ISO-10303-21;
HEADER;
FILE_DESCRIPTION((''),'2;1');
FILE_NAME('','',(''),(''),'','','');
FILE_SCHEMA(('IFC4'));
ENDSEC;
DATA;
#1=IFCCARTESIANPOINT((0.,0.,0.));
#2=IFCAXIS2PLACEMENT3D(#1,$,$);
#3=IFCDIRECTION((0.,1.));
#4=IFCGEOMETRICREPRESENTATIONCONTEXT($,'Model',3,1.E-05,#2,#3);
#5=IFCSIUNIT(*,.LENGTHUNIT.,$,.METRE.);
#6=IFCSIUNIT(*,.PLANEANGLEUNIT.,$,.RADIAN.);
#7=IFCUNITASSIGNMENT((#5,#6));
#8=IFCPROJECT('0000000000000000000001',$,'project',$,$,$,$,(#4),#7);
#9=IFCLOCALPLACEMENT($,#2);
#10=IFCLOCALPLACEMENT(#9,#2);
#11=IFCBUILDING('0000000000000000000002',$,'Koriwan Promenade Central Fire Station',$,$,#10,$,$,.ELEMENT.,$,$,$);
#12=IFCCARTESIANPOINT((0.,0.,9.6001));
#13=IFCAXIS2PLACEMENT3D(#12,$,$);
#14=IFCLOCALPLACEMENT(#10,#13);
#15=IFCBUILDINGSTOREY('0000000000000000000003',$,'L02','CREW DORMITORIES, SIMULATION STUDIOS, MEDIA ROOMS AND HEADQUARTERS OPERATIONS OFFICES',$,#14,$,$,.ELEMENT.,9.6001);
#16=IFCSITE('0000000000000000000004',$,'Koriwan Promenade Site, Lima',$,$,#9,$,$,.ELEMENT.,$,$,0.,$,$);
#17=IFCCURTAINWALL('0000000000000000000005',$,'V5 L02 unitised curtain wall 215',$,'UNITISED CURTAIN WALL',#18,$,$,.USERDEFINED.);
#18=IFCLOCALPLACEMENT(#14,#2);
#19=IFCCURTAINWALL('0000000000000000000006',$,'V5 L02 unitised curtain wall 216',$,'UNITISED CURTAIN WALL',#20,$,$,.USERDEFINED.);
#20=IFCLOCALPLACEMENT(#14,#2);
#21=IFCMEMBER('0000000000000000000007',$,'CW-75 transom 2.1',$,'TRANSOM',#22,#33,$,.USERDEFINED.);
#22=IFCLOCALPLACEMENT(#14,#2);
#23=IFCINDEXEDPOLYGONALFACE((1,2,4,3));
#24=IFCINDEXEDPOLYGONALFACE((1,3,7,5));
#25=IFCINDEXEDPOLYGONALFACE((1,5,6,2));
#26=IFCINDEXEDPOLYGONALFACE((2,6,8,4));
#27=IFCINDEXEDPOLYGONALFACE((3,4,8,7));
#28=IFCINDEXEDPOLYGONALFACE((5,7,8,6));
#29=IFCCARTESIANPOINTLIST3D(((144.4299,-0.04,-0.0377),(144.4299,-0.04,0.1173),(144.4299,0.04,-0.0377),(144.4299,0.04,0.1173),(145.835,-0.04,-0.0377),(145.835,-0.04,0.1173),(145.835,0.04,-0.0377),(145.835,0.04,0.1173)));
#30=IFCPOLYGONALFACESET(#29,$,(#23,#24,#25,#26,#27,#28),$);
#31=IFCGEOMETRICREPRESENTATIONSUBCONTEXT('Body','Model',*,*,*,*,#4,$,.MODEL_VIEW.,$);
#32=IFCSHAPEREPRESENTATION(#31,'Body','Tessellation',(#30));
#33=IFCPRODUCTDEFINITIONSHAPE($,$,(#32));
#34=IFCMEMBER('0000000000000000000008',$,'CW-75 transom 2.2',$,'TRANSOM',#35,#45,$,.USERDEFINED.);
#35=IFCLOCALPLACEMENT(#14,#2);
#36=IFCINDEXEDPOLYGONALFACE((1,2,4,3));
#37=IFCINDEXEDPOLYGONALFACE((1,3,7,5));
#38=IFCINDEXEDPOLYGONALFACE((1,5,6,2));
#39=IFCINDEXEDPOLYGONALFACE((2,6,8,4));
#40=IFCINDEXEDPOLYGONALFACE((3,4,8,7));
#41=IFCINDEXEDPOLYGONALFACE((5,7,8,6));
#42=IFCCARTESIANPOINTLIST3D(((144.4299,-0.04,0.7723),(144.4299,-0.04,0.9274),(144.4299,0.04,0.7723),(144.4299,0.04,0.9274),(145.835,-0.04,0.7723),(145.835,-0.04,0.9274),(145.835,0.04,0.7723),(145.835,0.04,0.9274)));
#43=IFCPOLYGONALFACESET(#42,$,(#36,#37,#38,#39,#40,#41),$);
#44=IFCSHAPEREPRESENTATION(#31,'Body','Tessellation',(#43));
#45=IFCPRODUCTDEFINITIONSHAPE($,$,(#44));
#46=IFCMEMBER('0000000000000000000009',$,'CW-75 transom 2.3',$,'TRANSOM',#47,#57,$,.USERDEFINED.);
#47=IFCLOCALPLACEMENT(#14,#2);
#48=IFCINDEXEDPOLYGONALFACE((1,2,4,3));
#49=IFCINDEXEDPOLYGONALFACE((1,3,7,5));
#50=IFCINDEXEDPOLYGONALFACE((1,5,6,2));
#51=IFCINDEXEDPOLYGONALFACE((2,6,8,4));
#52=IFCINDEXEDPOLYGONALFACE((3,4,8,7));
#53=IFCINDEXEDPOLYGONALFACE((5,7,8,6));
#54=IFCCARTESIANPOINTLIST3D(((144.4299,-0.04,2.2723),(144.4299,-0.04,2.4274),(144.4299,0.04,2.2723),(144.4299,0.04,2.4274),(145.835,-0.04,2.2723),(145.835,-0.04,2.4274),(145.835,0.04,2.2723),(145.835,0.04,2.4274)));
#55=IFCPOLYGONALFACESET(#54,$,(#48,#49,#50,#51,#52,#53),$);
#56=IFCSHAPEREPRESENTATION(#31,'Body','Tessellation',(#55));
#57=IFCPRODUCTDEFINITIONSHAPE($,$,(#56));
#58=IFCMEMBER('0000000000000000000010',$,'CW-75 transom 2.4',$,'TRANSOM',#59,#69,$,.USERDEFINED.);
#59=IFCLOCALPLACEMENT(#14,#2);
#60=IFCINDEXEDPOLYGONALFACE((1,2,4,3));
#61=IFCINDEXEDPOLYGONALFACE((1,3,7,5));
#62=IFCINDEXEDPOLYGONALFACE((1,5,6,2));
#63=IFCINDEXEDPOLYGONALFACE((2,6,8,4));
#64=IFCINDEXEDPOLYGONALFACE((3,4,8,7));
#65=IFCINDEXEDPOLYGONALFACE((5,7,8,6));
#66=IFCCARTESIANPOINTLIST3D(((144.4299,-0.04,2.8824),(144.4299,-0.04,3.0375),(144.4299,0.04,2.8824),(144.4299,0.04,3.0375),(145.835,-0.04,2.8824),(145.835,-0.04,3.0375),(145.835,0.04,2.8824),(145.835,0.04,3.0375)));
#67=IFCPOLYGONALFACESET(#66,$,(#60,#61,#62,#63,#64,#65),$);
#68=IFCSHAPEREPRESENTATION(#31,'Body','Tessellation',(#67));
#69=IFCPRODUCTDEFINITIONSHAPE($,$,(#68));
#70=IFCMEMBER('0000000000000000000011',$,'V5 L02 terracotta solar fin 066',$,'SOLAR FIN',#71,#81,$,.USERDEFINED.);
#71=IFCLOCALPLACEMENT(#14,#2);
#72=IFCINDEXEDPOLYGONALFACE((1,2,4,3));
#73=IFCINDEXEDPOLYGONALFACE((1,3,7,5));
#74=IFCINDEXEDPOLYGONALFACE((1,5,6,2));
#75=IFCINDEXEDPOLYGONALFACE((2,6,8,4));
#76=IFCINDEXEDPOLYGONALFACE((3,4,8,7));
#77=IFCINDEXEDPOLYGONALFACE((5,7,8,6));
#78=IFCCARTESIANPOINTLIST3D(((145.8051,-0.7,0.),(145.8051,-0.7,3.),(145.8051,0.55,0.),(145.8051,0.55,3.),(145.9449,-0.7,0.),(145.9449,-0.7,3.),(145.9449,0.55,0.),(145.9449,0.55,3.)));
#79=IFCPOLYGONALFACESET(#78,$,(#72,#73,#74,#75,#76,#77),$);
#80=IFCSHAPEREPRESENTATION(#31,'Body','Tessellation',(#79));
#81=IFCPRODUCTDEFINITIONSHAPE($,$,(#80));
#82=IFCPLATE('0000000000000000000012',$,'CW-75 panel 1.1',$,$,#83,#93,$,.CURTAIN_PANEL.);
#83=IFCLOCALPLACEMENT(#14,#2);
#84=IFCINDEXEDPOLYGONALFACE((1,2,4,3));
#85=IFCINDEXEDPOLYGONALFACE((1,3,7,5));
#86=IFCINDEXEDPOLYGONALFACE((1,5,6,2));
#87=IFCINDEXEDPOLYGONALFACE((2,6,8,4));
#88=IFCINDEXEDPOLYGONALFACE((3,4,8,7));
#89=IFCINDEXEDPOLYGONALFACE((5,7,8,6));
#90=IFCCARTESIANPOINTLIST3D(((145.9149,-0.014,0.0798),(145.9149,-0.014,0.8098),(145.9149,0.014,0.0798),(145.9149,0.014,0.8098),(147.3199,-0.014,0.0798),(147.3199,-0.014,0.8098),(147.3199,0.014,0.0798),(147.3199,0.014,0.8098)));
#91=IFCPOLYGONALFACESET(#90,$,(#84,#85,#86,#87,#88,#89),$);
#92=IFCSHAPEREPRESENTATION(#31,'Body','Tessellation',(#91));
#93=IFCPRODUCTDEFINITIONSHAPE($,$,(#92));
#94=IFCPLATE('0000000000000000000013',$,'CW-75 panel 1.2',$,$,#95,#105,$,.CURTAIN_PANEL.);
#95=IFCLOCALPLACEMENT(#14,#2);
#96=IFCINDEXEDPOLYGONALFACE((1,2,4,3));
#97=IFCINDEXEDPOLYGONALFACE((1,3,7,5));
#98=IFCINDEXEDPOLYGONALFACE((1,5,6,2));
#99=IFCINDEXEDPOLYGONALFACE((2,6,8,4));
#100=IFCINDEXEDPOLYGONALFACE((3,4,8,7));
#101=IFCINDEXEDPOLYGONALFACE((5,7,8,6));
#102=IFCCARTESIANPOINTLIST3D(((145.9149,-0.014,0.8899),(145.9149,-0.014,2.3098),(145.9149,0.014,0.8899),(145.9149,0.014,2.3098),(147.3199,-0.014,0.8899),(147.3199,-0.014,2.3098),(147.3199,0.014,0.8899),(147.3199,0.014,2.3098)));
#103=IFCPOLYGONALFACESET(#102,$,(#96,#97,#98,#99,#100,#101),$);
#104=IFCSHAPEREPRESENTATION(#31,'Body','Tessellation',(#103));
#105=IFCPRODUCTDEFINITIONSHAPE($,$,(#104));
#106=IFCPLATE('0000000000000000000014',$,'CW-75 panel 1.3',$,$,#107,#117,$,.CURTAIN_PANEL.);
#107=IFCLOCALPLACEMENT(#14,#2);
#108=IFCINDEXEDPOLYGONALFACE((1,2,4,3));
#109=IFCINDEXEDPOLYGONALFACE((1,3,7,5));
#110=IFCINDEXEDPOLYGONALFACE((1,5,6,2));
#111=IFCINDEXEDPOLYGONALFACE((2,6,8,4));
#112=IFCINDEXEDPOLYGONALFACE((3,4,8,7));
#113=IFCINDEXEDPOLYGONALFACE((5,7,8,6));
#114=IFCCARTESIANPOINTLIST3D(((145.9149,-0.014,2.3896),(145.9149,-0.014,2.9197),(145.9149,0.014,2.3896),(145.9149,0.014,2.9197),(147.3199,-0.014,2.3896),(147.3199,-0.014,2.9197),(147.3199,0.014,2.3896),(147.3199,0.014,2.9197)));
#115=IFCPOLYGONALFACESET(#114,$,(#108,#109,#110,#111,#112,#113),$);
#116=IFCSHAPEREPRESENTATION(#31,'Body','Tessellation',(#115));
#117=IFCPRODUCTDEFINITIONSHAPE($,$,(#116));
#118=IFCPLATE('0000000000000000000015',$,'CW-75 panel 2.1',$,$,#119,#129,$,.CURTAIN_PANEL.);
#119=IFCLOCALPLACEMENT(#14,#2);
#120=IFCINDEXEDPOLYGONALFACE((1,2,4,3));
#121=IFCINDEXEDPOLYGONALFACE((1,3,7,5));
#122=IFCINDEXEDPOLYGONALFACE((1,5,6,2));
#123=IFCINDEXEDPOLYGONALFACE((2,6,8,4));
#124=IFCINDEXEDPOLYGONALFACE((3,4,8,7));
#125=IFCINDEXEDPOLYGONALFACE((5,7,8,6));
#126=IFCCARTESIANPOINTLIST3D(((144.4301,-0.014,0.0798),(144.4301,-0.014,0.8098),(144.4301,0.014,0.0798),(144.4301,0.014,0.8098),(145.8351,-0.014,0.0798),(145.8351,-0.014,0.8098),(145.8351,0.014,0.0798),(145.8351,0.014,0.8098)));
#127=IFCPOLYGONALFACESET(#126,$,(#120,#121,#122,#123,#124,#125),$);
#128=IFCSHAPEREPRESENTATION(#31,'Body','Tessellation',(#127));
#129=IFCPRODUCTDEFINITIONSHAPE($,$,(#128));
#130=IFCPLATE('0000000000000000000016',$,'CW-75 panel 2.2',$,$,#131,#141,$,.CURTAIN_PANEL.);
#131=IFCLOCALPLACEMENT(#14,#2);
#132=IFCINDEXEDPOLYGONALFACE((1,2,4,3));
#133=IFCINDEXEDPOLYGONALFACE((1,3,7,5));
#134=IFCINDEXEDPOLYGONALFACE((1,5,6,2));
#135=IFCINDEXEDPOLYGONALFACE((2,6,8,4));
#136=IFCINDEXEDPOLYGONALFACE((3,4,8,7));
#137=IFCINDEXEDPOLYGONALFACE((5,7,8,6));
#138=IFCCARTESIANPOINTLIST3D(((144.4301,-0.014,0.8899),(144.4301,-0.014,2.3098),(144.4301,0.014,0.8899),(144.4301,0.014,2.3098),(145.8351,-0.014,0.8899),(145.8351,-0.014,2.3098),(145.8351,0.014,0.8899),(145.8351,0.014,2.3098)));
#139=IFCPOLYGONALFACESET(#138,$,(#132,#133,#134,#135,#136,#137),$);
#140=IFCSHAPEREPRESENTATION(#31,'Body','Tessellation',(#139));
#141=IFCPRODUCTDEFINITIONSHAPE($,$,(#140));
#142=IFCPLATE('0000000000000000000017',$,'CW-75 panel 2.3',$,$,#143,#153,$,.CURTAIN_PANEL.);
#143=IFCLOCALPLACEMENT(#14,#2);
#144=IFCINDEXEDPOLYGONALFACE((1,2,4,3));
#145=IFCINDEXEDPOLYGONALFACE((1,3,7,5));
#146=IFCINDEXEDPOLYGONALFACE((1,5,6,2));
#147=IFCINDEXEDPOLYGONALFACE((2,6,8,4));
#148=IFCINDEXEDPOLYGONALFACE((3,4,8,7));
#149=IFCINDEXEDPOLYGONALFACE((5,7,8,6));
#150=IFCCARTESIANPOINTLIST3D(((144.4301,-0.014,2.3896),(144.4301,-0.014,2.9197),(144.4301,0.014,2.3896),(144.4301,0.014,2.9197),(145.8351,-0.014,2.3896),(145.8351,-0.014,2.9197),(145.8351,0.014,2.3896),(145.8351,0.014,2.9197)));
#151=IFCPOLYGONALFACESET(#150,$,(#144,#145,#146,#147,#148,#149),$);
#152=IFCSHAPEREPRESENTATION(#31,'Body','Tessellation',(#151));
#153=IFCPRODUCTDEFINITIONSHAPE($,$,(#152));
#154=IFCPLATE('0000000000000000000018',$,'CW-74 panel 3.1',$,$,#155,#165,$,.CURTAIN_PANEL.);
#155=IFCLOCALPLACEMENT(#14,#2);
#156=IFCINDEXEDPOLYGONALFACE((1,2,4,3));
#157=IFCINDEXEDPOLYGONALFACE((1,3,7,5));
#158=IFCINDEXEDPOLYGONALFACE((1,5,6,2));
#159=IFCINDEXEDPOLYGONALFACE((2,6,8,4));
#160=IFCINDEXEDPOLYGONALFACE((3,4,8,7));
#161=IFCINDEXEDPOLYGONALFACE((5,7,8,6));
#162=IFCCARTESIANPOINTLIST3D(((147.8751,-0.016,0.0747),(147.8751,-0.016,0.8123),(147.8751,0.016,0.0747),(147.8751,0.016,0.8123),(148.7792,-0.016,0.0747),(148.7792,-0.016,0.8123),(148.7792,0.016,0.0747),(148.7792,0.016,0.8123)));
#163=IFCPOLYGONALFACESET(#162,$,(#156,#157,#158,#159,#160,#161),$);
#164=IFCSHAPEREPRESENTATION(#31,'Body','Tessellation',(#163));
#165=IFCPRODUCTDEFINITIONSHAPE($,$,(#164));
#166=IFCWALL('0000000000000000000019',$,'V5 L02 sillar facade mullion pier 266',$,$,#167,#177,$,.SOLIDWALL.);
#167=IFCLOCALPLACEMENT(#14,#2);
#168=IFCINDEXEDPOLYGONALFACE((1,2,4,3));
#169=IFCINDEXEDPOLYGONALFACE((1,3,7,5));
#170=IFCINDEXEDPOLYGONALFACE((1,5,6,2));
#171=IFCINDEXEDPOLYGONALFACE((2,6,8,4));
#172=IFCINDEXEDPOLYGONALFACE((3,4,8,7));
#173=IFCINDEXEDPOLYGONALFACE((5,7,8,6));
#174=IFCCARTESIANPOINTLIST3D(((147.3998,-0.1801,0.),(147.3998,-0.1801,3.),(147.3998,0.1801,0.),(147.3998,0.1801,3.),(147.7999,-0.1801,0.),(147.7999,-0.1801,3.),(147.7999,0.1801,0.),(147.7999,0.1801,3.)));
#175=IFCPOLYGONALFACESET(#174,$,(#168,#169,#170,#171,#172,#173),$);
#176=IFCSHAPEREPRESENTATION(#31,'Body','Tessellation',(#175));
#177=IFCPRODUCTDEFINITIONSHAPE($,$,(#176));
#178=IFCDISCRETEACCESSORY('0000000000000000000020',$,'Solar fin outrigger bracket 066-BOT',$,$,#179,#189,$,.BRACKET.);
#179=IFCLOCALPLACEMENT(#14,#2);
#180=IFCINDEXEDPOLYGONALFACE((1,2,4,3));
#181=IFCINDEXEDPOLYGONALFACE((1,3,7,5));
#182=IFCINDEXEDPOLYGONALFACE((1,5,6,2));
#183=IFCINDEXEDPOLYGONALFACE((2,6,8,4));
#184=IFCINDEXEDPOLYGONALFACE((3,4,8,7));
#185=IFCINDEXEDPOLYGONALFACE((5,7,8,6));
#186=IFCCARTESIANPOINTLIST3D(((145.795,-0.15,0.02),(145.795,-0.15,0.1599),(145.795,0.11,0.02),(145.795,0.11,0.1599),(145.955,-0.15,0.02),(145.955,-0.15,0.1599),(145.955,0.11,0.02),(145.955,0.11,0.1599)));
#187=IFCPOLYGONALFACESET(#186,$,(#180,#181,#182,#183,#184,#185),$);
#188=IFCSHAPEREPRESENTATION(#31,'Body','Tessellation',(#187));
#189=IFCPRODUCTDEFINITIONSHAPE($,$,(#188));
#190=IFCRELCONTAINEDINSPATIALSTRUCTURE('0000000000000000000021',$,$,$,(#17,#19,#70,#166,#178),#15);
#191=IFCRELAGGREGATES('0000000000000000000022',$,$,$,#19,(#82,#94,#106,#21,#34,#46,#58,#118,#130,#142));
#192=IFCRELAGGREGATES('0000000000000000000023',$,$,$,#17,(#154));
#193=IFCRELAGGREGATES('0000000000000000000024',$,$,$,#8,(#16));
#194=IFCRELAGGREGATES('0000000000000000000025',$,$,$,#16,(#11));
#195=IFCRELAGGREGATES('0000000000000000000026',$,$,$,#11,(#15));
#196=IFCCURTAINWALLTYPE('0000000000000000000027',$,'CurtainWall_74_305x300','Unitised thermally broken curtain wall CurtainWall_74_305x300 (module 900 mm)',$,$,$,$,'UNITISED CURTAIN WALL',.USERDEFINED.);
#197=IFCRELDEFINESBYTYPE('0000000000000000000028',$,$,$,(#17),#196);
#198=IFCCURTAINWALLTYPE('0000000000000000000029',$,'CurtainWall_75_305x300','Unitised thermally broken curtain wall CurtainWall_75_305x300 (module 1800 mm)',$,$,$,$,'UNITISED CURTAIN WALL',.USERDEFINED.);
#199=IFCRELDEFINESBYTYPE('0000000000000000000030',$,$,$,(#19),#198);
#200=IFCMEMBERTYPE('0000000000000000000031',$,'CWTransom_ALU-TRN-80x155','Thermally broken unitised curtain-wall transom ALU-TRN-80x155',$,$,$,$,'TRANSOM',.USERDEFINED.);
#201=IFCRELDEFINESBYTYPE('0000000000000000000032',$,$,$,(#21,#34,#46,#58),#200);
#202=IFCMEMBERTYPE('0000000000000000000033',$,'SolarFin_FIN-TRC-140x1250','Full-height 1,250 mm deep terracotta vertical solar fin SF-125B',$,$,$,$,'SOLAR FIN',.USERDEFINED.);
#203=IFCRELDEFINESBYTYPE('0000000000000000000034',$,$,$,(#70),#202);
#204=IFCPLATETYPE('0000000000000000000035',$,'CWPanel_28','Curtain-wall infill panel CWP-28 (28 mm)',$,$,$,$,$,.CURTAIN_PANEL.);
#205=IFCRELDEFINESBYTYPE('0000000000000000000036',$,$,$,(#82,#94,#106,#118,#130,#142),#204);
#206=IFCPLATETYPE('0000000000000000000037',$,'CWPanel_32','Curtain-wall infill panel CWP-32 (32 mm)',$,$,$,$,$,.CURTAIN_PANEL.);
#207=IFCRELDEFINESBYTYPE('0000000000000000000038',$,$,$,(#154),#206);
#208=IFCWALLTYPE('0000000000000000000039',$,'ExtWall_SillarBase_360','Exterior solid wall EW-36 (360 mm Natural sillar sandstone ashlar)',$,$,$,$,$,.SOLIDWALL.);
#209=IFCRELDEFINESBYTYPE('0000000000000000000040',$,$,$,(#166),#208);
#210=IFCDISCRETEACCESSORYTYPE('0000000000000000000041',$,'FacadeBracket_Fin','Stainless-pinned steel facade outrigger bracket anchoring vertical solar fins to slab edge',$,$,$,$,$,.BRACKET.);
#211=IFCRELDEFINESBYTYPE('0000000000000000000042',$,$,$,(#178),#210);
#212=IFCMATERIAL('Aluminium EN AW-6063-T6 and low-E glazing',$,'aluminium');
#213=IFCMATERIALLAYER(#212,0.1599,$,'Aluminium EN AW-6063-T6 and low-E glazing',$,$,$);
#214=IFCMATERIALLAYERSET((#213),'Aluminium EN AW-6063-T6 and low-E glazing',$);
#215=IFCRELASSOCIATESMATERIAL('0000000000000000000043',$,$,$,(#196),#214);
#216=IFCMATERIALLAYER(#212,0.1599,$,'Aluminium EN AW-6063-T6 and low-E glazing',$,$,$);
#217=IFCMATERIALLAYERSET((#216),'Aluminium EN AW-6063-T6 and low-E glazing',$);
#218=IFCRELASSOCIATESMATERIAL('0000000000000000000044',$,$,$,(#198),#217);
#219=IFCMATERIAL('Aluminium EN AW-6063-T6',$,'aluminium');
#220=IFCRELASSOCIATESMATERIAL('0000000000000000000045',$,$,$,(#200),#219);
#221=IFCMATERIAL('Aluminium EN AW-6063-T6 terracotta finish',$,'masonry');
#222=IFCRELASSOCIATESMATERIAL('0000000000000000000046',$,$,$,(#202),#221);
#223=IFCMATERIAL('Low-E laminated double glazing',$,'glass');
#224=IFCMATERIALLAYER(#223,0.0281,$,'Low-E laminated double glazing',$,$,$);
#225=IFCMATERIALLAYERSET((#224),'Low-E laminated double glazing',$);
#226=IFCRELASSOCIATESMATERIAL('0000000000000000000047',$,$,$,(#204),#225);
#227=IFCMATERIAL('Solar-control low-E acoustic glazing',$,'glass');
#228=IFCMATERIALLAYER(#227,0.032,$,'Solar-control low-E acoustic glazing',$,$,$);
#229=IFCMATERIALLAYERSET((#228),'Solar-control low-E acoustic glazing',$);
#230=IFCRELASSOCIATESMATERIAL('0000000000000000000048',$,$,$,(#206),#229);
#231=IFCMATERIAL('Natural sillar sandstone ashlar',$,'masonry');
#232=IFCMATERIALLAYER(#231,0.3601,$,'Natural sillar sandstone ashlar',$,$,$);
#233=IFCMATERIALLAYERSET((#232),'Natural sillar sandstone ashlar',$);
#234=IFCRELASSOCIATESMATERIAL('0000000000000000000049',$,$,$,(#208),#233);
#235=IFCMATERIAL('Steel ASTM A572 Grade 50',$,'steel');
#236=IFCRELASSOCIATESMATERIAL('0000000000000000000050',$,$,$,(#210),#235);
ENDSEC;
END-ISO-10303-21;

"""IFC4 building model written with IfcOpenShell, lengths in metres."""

from ifc_helpers import new_model, si_unit, direction, frame, frame_2d, origin, origin_2d, place, context, subcontext, project, spatial, rectangle, extrude, material, layer, layer_set, material_profile, profile_set, type_object, element, aggregate, save


model = new_model("IFC4")

# Units and contexts
model_context = context("Model", 3, precision=1e-05, world=origin(), true_north=direction((0.0, 1.0)))
body_context = subcontext(model_context, "Body", "Model", "MODEL_VIEW")
ifc_project = project(units=[si_unit("LENGTHUNIT", "METRE"), si_unit("PLANEANGLEUNIT", "RADIAN")], contexts=[model_context])

# Site, building, storey
site_placement = place(None, origin())
site = spatial("IfcSite", under=ifc_project, at=site_placement, Name="Koriwan Promenade Site, Lima", CompositionType="ELEMENT", RefElevation=0.0)
building_placement = place(site_placement, origin())
building = spatial("IfcBuilding", under=site, at=building_placement, Name="Koriwan Promenade Central Fire Station", CompositionType="ELEMENT")
storey_placement = place(building_placement, frame((0.0, 0.0, 9.6001)))
storey = spatial("IfcBuildingStorey", under=building, at=storey_placement, Name="L02", Description="CREW DORMITORIES, SIMULATION STUDIOS, MEDIA ROOMS AND HEADQUARTERS OPERATIONS OFFICES", CompositionType="ELEMENT", Elevation=9.6001)

# Curtain wall
ifc_material_1 = material(Name="Aluminium EN AW-6063-T6 and low-E glazing", Category="aluminium")
ifc_layer_1 = layer(ifc_material_1, 0.1599, Name="Aluminium EN AW-6063-T6 and low-E glazing")
ifc_layer_set_1 = layer_set([ifc_layer_1], Name="Aluminium EN AW-6063-T6 and low-E glazing")
curtain_wall_type_1 = type_object("IfcCurtainWallType", Name="CurtainWall_74_305x300", Description="Unitised thermally broken curtain wall CurtainWall_74_305x300 (module 900 mm)", ElementType="UNITISED CURTAIN WALL", PredefinedType="USERDEFINED", material=ifc_layer_set_1)
curtain_wall_1_placement = place(storey_placement, origin())
curtain_wall_1 = element("IfcCurtainWall", 1, at=curtain_wall_1_placement, inside=storey, type_object=curtain_wall_type_1, Name="V5 L02 unitised curtain wall 215", ObjectType="UNITISED CURTAIN WALL", PredefinedType="USERDEFINED")
ifc_material_2 = material(Name="Aluminium EN AW-6063-T6", Category="aluminium")

# Curtain wall, members
ifc_layer_2 = layer(ifc_material_1, 0.1599, Name="Aluminium EN AW-6063-T6 and low-E glazing")
ifc_layer_set_2 = layer_set([ifc_layer_2], Name="Aluminium EN AW-6063-T6 and low-E glazing")
curtain_wall_type_2 = type_object("IfcCurtainWallType", Name="CurtainWall_75_305x300", Description="Unitised thermally broken curtain wall CurtainWall_75_305x300 (module 1800 mm)", ElementType="UNITISED CURTAIN WALL", PredefinedType="USERDEFINED", material=ifc_layer_set_2)
curtain_wall_2_placement = place(storey_placement, origin())
curtain_wall_2 = element("IfcCurtainWall", 2, at=curtain_wall_2_placement, inside=storey, type_object=curtain_wall_type_2, Name="V5 L02 unitised curtain wall 216", ObjectType="UNITISED CURTAIN WALL", PredefinedType="USERDEFINED")
ifc_material_profile_1 = material_profile(ifc_material_2, rectangle(XDim=0.0801, YDim=0.155, at=origin_2d()), Name="ALU-TRN-80x155")
ifc_profile_set_1 = profile_set([ifc_material_profile_1], Name="Aluminium EN AW-6063-T6")
member_type_1 = type_object("IfcMemberType", Name="CWTransom_ALU-TRN-80x155", Description="Thermally broken unitised curtain-wall transom ALU-TRN-80x155", ElementType="TRANSOM", PredefinedType="USERDEFINED", material=ifc_profile_set_1)
member_1_placement = place(storey_placement, frame((145.835, 0.0, 0.0398), z_axis=(-1.0, 0.0, 0.0), x_axis=(0.0, -1.0, 0.0)))
member_1 = element("IfcMember", 3, at=member_1_placement, type_object=member_type_1, Name="CW-75 transom 2.1", ObjectType="TRANSOM", PredefinedType="USERDEFINED", context=body_context, shape_type="SweptSolid", body=[
    extrude(rectangle(XDim=0.0801, YDim=0.155, at=origin_2d()), origin(), (0.0, 0.0, 1.0), 1.405),
])
member_2_placement = place(storey_placement, frame((145.835, 0.0, 0.8499), z_axis=(-1.0, 0.0, 0.0), x_axis=(0.0, -1.0, 0.0)))
member_2 = element("IfcMember", 4, at=member_2_placement, type_object=member_type_1, Name="CW-75 transom 2.2", ObjectType="TRANSOM", PredefinedType="USERDEFINED", context=body_context, shape_type="SweptSolid", body=[
    extrude(rectangle(XDim=0.0801, YDim=0.155, at=origin_2d()), origin(), (0.0, 0.0, 1.0), 1.405),
])
member_3_placement = place(storey_placement, frame((145.835, 0.0, 2.3499), z_axis=(-1.0, 0.0, 0.0), x_axis=(0.0, -1.0, 0.0)))
member_3 = element("IfcMember", 5, at=member_3_placement, type_object=member_type_1, Name="CW-75 transom 2.3", ObjectType="TRANSOM", PredefinedType="USERDEFINED", context=body_context, shape_type="SweptSolid", body=[
    extrude(rectangle(XDim=0.0801, YDim=0.155, at=origin_2d()), origin(), (0.0, 0.0, 1.0), 1.405),
])
member_4_placement = place(storey_placement, frame((145.835, 0.0, 2.96), z_axis=(-1.0, 0.0, 0.0), x_axis=(0.0, -1.0, 0.0)))
member_4 = element("IfcMember", 6, at=member_4_placement, type_object=member_type_1, Name="CW-75 transom 2.4", ObjectType="TRANSOM", PredefinedType="USERDEFINED", context=body_context, shape_type="SweptSolid", body=[
    extrude(rectangle(XDim=0.0801, YDim=0.155, at=origin_2d()), origin(), (0.0, 0.0, 1.0), 1.405),
])

# Member
ifc_material_3 = material(Name="Aluminium EN AW-6063-T6 terracotta finish", Category="masonry")
ifc_material_profile_2 = material_profile(ifc_material_3, rectangle(XDim=0.1399, YDim=1.25, at=origin_2d()), Name="FIN-TRC-140x1250")
ifc_profile_set_2 = profile_set([ifc_material_profile_2], Name="Aluminium EN AW-6063-T6 terracotta finish")
member_type_2 = type_object("IfcMemberType", Name="SolarFin_FIN-TRC-140x1250", Description="Full-height 1,250 mm deep terracotta vertical solar fin SF-125B", ElementType="SOLAR FIN", PredefinedType="USERDEFINED", material=ifc_profile_set_2)
member_5_placement = place(storey_placement, frame((145.875, -0.075, 0.0), z_axis=(0.0, 0.0, 1.0), x_axis=(-1.0, 0.0, 0.0)))
element("IfcMember", 7, at=member_5_placement, inside=storey, type_object=member_type_2, Name="V5 L02 terracotta solar fin 066", ObjectType="SOLAR FIN", PredefinedType="USERDEFINED", context=body_context, shape_type="SweptSolid", body=[
    extrude(rectangle(XDim=0.1399, YDim=1.25, at=origin_2d()), origin(), (0.0, 0.0, 1.0), 3.0),
])

# Plates
ifc_material_4 = material(Name="Low-E laminated double glazing", Category="glass")
ifc_layer_3 = layer(ifc_material_4, 0.0281, Name="Low-E laminated double glazing")
ifc_layer_set_3 = layer_set([ifc_layer_3], Name="Low-E laminated double glazing")
plate_type_1 = type_object("IfcPlateType", Name="CWPanel_28", Description="Curtain-wall infill panel CWP-28 (28 mm)", PredefinedType="CURTAIN_PANEL", material=ifc_layer_set_3)
plate_1_placement = place(storey_placement, frame((146.6174, 0.0, 0.0798), z_axis=(0.0, 0.0, 1.0), x_axis=(-1.0, 0.0, 0.0)))
plate_1 = element("IfcPlate", 8, at=plate_1_placement, type_object=plate_type_1, Name="CW-75 panel 1.1", PredefinedType="CURTAIN_PANEL", context=body_context, shape_type="SweptSolid", body=[
    extrude(rectangle(XDim=1.405, YDim=0.0281, at=origin_2d()), origin(), (0.0, 0.0, 1.0), 0.73),
])
plate_2_placement = place(storey_placement, frame((146.6174, 0.0, 0.8899), z_axis=(0.0, 0.0, 1.0), x_axis=(-1.0, 0.0, 0.0)))
plate_2 = element("IfcPlate", 9, at=plate_2_placement, type_object=plate_type_1, Name="CW-75 panel 1.2", PredefinedType="CURTAIN_PANEL", context=body_context, shape_type="SweptSolid", body=[
    extrude(rectangle(XDim=1.405, YDim=0.0281, at=origin_2d()), origin(), (0.0, 0.0, 1.0), 1.4199),
])
plate_3_placement = place(storey_placement, frame((146.6174, 0.0, 2.3896), z_axis=(0.0, 0.0, 1.0), x_axis=(-1.0, 0.0, 0.0)))
plate_3 = element("IfcPlate", 10, at=plate_3_placement, type_object=plate_type_1, Name="CW-75 panel 1.3", PredefinedType="CURTAIN_PANEL", context=body_context, shape_type="SweptSolid", body=[
    extrude(rectangle(XDim=1.405, YDim=0.0281, at=origin_2d()), origin(), (0.0, 0.0, 1.0), 0.53),
])
plate_4_placement = place(storey_placement, frame((145.1326, 0.0, 0.0798), z_axis=(0.0, 0.0, 1.0), x_axis=(-1.0, 0.0, 0.0)))
plate_4 = element("IfcPlate", 11, at=plate_4_placement, type_object=plate_type_1, Name="CW-75 panel 2.1", PredefinedType="CURTAIN_PANEL", context=body_context, shape_type="SweptSolid", body=[
    extrude(rectangle(XDim=1.405, YDim=0.0281, at=origin_2d()), origin(), (0.0, 0.0, 1.0), 0.73),
])
plate_5_placement = place(storey_placement, frame((145.1326, 0.0, 0.8899), z_axis=(0.0, 0.0, 1.0), x_axis=(-1.0, 0.0, 0.0)))
plate_5 = element("IfcPlate", 12, at=plate_5_placement, type_object=plate_type_1, Name="CW-75 panel 2.2", PredefinedType="CURTAIN_PANEL", context=body_context, shape_type="SweptSolid", body=[
    extrude(rectangle(XDim=1.405, YDim=0.0281, at=origin_2d()), origin(), (0.0, 0.0, 1.0), 1.4199),
])
plate_6_placement = place(storey_placement, frame((145.1326, 0.0, 2.3896), z_axis=(0.0, 0.0, 1.0), x_axis=(-1.0, 0.0, 0.0)))
plate_6 = element("IfcPlate", 13, at=plate_6_placement, type_object=plate_type_1, Name="CW-75 panel 2.3", PredefinedType="CURTAIN_PANEL", context=body_context, shape_type="SweptSolid", body=[
    extrude(rectangle(XDim=1.405, YDim=0.0281, at=origin_2d()), origin(), (0.0, 0.0, 1.0), 0.53),
])
aggregate(curtain_wall_2, [plate_1, plate_2, plate_3, member_1, member_2, member_3, member_4, plate_4, plate_5, plate_6])
ifc_material_5 = material(Name="Solar-control low-E acoustic glazing", Category="glass")
ifc_layer_4 = layer(ifc_material_5, 0.032, Name="Solar-control low-E acoustic glazing")
ifc_layer_set_4 = layer_set([ifc_layer_4], Name="Solar-control low-E acoustic glazing")
plate_type_2 = type_object("IfcPlateType", Name="CWPanel_32", Description="Curtain-wall infill panel CWP-32 (32 mm)", PredefinedType="CURTAIN_PANEL", material=ifc_layer_set_4)
plate_7_placement = place(storey_placement, frame((148.3271, 0.0, 0.0747), z_axis=(0.0, 0.0, 1.0), x_axis=(-1.0, 0.0, 0.0)))
plate_7 = element("IfcPlate", 14, at=plate_7_placement, type_object=plate_type_2, Name="CW-74 panel 3.1", PredefinedType="CURTAIN_PANEL", context=body_context, shape_type="SweptSolid", body=[
    extrude(rectangle(XDim=0.9041, YDim=0.032, at=origin_2d()), origin(), (0.0, 0.0, 1.0), 0.7375),
])
aggregate(curtain_wall_1, [plate_7])

# Wall
ifc_material_6 = material(Name="Natural sillar sandstone ashlar", Category="masonry")
ifc_layer_5 = layer(ifc_material_6, 0.3601, Name="Natural sillar sandstone ashlar")
ifc_layer_set_5 = layer_set([ifc_layer_5], Name="Natural sillar sandstone ashlar")
wall_type = type_object("IfcWallType", Name="ExtWall_SillarBase_360", Description="Exterior solid wall EW-36 (360 mm Natural sillar sandstone ashlar)", PredefinedType="SOLIDWALL", material=ifc_layer_set_5)
wall_placement = place(storey_placement, frame((147.8, 0.0, 0.0), z_axis=(0.0, 0.0, 1.0), x_axis=(-1.0, 0.0, 0.0)))
element("IfcWall", 15, at=wall_placement, inside=storey, type_object=wall_type, Name="V5 L02 sillar facade mullion pier 266", PredefinedType="SOLIDWALL", context=body_context, shape_type="SweptSolid", body=[
    extrude(rectangle(XDim=0.4001, YDim=0.3601, at=frame_2d((0.2002, 0.0))), origin(), (0.0, 0.0, 1.0), 3.0),
])

# Discrete accessory
ifc_material_7 = material(Name="Steel ASTM A572 Grade 50", Category="steel")
discrete_accessory_type = type_object("IfcDiscreteAccessoryType", Name="FacadeBracket_Fin", Description="Stainless-pinned steel facade outrigger bracket anchoring vertical solar fins to slab edge", PredefinedType="BRACKET", material=ifc_material_7)
for number, where, z_axis, x_axis, name in (
    (16, (145.875, -0.02, 0.02), (0.0, 0.0, 1.0), (0.0, -1.0, 0.0), "Solar fin outrigger bracket 066-BOT"),
):
    element("IfcDiscreteAccessory", number, at=place(storey_placement, frame(where, z_axis=z_axis, x_axis=x_axis)), inside=storey, type_object=discrete_accessory_type, Name=name, PredefinedType="BRACKET", context=body_context, shape_type="SweptSolid", body=[
        extrude(rectangle(XDim=0.26, YDim=0.1599, at=origin_2d()), origin(), (0.0, 0.0, 1.0), 0.1399),
    ])

save(model, "model.ifc")
